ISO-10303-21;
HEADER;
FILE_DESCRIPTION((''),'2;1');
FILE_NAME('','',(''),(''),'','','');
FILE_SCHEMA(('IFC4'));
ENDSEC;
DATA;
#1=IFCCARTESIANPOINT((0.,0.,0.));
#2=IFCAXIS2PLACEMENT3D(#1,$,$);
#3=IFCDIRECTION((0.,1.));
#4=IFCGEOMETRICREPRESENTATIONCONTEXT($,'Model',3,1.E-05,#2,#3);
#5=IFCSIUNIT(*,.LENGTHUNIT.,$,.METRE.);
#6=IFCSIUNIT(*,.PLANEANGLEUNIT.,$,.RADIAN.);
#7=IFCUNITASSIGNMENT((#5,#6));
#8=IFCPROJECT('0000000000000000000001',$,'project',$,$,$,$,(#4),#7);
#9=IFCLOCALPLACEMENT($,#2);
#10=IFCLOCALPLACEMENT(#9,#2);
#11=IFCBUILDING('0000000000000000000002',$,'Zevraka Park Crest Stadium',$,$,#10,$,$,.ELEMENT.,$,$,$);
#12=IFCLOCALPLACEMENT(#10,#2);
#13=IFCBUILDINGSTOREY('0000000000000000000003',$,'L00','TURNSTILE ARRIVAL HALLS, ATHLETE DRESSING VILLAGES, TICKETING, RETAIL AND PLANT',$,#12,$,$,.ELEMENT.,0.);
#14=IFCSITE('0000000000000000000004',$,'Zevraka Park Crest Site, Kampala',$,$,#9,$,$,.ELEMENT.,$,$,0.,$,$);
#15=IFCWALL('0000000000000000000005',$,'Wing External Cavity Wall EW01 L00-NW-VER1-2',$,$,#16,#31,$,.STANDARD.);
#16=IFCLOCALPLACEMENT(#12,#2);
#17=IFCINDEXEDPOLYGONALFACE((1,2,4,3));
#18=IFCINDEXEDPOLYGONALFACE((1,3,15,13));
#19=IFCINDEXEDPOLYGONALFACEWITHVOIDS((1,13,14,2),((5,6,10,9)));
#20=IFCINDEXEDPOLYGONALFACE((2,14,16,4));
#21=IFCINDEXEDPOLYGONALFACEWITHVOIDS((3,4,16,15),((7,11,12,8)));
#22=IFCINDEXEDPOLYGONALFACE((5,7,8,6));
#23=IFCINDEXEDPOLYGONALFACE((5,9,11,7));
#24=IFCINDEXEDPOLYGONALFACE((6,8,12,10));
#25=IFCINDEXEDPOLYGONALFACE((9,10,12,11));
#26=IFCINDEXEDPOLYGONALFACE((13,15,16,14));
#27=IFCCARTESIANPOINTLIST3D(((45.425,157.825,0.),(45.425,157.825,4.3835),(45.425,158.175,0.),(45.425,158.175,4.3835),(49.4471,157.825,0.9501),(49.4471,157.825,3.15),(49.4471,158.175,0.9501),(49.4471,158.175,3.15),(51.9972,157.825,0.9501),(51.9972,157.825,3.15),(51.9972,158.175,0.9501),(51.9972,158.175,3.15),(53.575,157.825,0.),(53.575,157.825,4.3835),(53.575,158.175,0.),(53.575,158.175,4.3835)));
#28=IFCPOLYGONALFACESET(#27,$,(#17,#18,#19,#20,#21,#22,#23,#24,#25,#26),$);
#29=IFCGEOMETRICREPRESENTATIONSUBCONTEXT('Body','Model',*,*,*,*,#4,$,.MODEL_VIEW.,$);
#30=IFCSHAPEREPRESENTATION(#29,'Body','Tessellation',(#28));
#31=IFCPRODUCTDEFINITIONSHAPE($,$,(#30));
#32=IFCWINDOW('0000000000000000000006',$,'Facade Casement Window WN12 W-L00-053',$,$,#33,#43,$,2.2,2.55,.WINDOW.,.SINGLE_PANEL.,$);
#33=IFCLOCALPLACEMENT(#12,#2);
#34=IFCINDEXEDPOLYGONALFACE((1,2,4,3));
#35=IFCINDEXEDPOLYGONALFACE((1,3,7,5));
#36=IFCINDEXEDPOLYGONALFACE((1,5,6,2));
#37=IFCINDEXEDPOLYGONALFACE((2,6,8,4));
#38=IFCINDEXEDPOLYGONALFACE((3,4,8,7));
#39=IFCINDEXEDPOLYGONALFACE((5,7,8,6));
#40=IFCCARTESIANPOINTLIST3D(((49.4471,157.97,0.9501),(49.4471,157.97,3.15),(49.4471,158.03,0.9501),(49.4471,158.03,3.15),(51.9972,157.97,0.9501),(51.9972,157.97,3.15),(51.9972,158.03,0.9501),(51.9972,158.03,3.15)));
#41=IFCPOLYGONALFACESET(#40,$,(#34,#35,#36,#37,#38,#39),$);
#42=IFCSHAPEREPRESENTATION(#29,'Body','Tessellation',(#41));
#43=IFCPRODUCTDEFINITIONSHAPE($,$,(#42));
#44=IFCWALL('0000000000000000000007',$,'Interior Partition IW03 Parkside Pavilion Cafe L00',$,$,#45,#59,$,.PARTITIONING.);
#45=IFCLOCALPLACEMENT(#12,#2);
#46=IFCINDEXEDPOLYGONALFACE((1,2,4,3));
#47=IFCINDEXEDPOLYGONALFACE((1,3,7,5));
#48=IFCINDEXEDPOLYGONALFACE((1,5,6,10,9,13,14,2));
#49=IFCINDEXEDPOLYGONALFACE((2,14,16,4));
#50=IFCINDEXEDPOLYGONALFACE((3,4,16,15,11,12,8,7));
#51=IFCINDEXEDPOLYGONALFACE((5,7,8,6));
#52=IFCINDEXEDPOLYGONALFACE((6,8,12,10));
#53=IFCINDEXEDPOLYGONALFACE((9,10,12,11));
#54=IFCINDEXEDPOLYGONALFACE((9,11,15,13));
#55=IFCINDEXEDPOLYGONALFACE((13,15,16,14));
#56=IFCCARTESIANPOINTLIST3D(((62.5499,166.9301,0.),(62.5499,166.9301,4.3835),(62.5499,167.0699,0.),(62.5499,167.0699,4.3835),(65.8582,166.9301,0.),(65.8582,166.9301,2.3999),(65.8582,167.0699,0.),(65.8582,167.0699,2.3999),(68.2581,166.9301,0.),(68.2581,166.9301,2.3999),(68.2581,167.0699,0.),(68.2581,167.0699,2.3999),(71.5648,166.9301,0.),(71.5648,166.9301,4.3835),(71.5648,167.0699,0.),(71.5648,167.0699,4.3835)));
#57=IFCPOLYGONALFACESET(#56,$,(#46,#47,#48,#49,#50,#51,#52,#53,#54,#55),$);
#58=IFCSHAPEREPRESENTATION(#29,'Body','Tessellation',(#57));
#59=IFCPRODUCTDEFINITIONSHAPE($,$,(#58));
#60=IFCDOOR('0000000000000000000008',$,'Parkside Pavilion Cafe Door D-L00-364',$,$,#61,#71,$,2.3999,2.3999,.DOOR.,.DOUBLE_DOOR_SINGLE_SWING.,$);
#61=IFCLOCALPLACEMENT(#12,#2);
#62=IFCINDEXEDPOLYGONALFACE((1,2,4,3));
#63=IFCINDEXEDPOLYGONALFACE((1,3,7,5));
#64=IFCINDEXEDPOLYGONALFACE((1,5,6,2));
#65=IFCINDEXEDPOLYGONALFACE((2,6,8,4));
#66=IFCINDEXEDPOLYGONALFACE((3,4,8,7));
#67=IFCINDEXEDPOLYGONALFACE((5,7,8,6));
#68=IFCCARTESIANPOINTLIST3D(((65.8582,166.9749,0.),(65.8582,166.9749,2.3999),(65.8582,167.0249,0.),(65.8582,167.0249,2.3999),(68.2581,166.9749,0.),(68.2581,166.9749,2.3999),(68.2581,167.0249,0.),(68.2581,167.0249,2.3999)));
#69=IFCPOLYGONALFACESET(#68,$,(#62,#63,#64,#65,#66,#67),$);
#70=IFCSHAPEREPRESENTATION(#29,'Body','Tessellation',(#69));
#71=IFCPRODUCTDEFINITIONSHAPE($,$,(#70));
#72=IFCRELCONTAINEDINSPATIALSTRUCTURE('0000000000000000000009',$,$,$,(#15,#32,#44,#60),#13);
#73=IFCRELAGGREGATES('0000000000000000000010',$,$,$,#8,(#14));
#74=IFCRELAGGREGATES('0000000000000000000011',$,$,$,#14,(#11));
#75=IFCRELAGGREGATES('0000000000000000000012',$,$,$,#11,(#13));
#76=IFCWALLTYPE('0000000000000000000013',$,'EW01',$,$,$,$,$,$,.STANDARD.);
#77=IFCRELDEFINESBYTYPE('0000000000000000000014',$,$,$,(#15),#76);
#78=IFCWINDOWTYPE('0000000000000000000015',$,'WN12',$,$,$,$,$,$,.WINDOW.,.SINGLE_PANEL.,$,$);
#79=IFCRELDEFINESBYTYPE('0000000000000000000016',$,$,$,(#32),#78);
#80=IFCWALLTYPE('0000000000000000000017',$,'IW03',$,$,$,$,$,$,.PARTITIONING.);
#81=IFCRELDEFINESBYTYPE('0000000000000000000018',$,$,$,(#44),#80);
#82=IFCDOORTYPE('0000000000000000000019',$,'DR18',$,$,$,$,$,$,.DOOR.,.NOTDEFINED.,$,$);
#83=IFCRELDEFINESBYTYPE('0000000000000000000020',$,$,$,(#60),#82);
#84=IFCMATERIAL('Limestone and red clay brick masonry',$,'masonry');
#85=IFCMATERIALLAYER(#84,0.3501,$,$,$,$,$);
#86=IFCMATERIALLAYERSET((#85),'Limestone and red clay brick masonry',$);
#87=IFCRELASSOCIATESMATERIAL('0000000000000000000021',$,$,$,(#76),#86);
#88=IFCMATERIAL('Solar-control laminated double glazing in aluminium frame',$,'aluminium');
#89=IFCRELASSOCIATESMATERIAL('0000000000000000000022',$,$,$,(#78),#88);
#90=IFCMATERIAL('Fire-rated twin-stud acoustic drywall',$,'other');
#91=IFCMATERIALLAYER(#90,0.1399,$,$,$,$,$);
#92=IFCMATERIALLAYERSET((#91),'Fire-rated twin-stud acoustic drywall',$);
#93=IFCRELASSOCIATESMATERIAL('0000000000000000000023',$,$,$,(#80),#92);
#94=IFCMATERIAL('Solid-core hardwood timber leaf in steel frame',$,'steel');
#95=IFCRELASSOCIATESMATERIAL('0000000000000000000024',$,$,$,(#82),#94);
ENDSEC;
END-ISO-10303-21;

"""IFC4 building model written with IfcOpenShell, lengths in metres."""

from ifc_helpers import new_model, si_unit, direction, frame, frame_2d, origin, place, context, subcontext, project, spatial, rectangle, extrude, material, layer, layer_set, type_object, element, fill, save


model = new_model("IFC4")

# Units and contexts
model_context = context("Model", 3, precision=1e-05, world=origin(), true_north=direction((0.0, 1.0)))
body_context = subcontext(model_context, "Body", "Model", "MODEL_VIEW")
ifc_project = project(units=[si_unit("LENGTHUNIT", "METRE"), si_unit("PLANEANGLEUNIT", "RADIAN")], contexts=[model_context])

# Site, building, storey
site_placement = place(None, origin())
site = spatial("IfcSite", under=ifc_project, at=site_placement, Name="Zevraka Park Crest Site, Kampala", CompositionType="ELEMENT", RefElevation=0.0)
building_placement = place(site_placement, origin())
building = spatial("IfcBuilding", under=site, at=building_placement, Name="Zevraka Park Crest Stadium", CompositionType="ELEMENT")
storey_placement = place(building_placement, origin())
storey = spatial("IfcBuildingStorey", under=building, at=storey_placement, Name="L00", Description="TURNSTILE ARRIVAL HALLS, ATHLETE DRESSING VILLAGES, TICKETING, RETAIL AND PLANT", CompositionType="ELEMENT", Elevation=0.0)

# Wall, opening, window
ifc_material_1 = material(Name="Limestone and red clay brick masonry", Category="masonry")
ifc_layer_1 = layer(ifc_material_1, 0.3501)
ifc_layer_set_1 = layer_set([ifc_layer_1], Name="Limestone and red clay brick masonry")
wall_type_1 = type_object("IfcWallType", Name="EW01", PredefinedType="STANDARD", material=ifc_layer_set_1)
wall_1_placement = place(storey_placement, frame((53.575, 158.0, 0.0), z_axis=(0.0, 0.0, 1.0), x_axis=(-1.0, 0.0, 0.0)))
wall_1 = element("IfcWall", 1, at=wall_1_placement, inside=storey, type_object=wall_type_1, Name="Wing External Cavity Wall EW01 L00-NW-VER1-2", PredefinedType="STANDARD", context=body_context, shape_type="SweptSolid", body=[
    extrude(rectangle(XDim=8.1499, YDim=0.3501, at=frame_2d((4.075, 0.0))), origin(), (0.0, 0.0, 1.0), 4.3835),
])
opening_1_placement = place(wall_1_placement, frame((1.5779, 0.0, 0.95)))
opening_1 = element("IfcOpeningElement", 2, at=opening_1_placement, cuts=wall_1, PredefinedType="OPENING", context=body_context, shape_type="SweptSolid", body=[
    extrude(rectangle(XDim=2.55, YDim=2.2, at=frame_2d((1.2749, 1.1001))), frame((0.0, 0.1851, 0.0), z_axis=(0.0, -1.0, 0.0), x_axis=(1.0, 0.0, 0.0)), (0.0, 0.0, 1.0), 0.3701),
])
ifc_material_2 = material(Name="Solar-control laminated double glazing in aluminium frame", Category="aluminium")
window_type_1 = type_object("IfcWindowType", Name="WN12", PartitioningType="SINGLE_PANEL", PredefinedType="WINDOW", material=ifc_material_2)
window_1_placement = place(opening_1_placement, origin())
window_1 = element("IfcWindow", 3, at=window_1_placement, inside=storey, type_object=window_type_1, Name="Facade Casement Window WN12 W-L00-053", OverallHeight=2.2, OverallWidth=2.55, PartitioningType="SINGLE_PANEL", PredefinedType="WINDOW", context=body_context, shape_type="SweptSolid", body=[
    extrude(rectangle(XDim=2.55, YDim=2.2, at=frame_2d((1.2749, 1.1001))), frame((0.0, 0.03, 0.0), z_axis=(0.0, -1.0, 0.0), x_axis=(1.0, 0.0, 0.0)), (0.0, 0.0, 1.0), 0.0601),
])
fill(opening_1, window_1)

# Wall, opening, door
ifc_material_3 = material(Name="Fire-rated twin-stud acoustic drywall", Category="other")
ifc_layer_2 = layer(ifc_material_3, 0.1399)
ifc_layer_set_2 = layer_set([ifc_layer_2], Name="Fire-rated twin-stud acoustic drywall")
wall_type_2 = type_object("IfcWallType", Name="IW03", PredefinedType="PARTITIONING", material=ifc_layer_set_2)
wall_2_placement = place(storey_placement, frame((62.55, 167.0, 0.0), z_axis=(0.0, 0.0, 1.0), x_axis=(1.0, 0.0, 0.0)))
wall_2 = element("IfcWall", 4, at=wall_2_placement, inside=storey, type_object=wall_type_2, Name="Interior Partition IW03 Parkside Pavilion Cafe L00", PredefinedType="PARTITIONING", context=body_context, shape_type="SweptSolid", body=[
    extrude(rectangle(XDim=9.0149, YDim=0.1399, at=frame_2d((4.5073, 0.0))), origin(), (0.0, 0.0, 1.0), 4.3835),
])
opening_2_placement = place(wall_2_placement, frame((3.3081, 0.0, 0.0)))
opening_2 = element("IfcOpeningElement", 5, at=opening_2_placement, cuts=wall_2, PredefinedType="OPENING", context=body_context, shape_type="SweptSolid", body=[
    extrude(rectangle(XDim=2.3999, YDim=2.3999, at=frame_2d((1.2, 1.2))), frame((0.0, 0.0798, 0.0), z_axis=(0.0, -1.0, 0.0), x_axis=(1.0, 0.0, 0.0)), (0.0, 0.0, 1.0), 0.1599),
])
ifc_material_4 = material(Name="Solid-core hardwood timber leaf in steel frame", Category="steel")
door_type = type_object("IfcDoorType", Name="DR18", OperationType="NOTDEFINED", PredefinedType="DOOR", material=ifc_material_4)
door_placement = place(opening_2_placement, origin())
door = element("IfcDoor", 6, at=door_placement, inside=storey, type_object=door_type, Name="Parkside Pavilion Cafe Door D-L00-364", OperationType="DOUBLE_DOOR_SINGLE_SWING", OverallHeight=2.3999, OverallWidth=2.3999, PredefinedType="DOOR", context=body_context, shape_type="SweptSolid", body=[
    extrude(rectangle(XDim=2.3999, YDim=2.3999, at=frame_2d((1.2, 1.2))), frame((0.0, 0.0249, 0.0), z_axis=(0.0, -1.0, 0.0), x_axis=(1.0, 0.0, 0.0)), (0.0, 0.0, 1.0), 0.05),
])
fill(opening_2, door)

save(model, "model.ifc")
